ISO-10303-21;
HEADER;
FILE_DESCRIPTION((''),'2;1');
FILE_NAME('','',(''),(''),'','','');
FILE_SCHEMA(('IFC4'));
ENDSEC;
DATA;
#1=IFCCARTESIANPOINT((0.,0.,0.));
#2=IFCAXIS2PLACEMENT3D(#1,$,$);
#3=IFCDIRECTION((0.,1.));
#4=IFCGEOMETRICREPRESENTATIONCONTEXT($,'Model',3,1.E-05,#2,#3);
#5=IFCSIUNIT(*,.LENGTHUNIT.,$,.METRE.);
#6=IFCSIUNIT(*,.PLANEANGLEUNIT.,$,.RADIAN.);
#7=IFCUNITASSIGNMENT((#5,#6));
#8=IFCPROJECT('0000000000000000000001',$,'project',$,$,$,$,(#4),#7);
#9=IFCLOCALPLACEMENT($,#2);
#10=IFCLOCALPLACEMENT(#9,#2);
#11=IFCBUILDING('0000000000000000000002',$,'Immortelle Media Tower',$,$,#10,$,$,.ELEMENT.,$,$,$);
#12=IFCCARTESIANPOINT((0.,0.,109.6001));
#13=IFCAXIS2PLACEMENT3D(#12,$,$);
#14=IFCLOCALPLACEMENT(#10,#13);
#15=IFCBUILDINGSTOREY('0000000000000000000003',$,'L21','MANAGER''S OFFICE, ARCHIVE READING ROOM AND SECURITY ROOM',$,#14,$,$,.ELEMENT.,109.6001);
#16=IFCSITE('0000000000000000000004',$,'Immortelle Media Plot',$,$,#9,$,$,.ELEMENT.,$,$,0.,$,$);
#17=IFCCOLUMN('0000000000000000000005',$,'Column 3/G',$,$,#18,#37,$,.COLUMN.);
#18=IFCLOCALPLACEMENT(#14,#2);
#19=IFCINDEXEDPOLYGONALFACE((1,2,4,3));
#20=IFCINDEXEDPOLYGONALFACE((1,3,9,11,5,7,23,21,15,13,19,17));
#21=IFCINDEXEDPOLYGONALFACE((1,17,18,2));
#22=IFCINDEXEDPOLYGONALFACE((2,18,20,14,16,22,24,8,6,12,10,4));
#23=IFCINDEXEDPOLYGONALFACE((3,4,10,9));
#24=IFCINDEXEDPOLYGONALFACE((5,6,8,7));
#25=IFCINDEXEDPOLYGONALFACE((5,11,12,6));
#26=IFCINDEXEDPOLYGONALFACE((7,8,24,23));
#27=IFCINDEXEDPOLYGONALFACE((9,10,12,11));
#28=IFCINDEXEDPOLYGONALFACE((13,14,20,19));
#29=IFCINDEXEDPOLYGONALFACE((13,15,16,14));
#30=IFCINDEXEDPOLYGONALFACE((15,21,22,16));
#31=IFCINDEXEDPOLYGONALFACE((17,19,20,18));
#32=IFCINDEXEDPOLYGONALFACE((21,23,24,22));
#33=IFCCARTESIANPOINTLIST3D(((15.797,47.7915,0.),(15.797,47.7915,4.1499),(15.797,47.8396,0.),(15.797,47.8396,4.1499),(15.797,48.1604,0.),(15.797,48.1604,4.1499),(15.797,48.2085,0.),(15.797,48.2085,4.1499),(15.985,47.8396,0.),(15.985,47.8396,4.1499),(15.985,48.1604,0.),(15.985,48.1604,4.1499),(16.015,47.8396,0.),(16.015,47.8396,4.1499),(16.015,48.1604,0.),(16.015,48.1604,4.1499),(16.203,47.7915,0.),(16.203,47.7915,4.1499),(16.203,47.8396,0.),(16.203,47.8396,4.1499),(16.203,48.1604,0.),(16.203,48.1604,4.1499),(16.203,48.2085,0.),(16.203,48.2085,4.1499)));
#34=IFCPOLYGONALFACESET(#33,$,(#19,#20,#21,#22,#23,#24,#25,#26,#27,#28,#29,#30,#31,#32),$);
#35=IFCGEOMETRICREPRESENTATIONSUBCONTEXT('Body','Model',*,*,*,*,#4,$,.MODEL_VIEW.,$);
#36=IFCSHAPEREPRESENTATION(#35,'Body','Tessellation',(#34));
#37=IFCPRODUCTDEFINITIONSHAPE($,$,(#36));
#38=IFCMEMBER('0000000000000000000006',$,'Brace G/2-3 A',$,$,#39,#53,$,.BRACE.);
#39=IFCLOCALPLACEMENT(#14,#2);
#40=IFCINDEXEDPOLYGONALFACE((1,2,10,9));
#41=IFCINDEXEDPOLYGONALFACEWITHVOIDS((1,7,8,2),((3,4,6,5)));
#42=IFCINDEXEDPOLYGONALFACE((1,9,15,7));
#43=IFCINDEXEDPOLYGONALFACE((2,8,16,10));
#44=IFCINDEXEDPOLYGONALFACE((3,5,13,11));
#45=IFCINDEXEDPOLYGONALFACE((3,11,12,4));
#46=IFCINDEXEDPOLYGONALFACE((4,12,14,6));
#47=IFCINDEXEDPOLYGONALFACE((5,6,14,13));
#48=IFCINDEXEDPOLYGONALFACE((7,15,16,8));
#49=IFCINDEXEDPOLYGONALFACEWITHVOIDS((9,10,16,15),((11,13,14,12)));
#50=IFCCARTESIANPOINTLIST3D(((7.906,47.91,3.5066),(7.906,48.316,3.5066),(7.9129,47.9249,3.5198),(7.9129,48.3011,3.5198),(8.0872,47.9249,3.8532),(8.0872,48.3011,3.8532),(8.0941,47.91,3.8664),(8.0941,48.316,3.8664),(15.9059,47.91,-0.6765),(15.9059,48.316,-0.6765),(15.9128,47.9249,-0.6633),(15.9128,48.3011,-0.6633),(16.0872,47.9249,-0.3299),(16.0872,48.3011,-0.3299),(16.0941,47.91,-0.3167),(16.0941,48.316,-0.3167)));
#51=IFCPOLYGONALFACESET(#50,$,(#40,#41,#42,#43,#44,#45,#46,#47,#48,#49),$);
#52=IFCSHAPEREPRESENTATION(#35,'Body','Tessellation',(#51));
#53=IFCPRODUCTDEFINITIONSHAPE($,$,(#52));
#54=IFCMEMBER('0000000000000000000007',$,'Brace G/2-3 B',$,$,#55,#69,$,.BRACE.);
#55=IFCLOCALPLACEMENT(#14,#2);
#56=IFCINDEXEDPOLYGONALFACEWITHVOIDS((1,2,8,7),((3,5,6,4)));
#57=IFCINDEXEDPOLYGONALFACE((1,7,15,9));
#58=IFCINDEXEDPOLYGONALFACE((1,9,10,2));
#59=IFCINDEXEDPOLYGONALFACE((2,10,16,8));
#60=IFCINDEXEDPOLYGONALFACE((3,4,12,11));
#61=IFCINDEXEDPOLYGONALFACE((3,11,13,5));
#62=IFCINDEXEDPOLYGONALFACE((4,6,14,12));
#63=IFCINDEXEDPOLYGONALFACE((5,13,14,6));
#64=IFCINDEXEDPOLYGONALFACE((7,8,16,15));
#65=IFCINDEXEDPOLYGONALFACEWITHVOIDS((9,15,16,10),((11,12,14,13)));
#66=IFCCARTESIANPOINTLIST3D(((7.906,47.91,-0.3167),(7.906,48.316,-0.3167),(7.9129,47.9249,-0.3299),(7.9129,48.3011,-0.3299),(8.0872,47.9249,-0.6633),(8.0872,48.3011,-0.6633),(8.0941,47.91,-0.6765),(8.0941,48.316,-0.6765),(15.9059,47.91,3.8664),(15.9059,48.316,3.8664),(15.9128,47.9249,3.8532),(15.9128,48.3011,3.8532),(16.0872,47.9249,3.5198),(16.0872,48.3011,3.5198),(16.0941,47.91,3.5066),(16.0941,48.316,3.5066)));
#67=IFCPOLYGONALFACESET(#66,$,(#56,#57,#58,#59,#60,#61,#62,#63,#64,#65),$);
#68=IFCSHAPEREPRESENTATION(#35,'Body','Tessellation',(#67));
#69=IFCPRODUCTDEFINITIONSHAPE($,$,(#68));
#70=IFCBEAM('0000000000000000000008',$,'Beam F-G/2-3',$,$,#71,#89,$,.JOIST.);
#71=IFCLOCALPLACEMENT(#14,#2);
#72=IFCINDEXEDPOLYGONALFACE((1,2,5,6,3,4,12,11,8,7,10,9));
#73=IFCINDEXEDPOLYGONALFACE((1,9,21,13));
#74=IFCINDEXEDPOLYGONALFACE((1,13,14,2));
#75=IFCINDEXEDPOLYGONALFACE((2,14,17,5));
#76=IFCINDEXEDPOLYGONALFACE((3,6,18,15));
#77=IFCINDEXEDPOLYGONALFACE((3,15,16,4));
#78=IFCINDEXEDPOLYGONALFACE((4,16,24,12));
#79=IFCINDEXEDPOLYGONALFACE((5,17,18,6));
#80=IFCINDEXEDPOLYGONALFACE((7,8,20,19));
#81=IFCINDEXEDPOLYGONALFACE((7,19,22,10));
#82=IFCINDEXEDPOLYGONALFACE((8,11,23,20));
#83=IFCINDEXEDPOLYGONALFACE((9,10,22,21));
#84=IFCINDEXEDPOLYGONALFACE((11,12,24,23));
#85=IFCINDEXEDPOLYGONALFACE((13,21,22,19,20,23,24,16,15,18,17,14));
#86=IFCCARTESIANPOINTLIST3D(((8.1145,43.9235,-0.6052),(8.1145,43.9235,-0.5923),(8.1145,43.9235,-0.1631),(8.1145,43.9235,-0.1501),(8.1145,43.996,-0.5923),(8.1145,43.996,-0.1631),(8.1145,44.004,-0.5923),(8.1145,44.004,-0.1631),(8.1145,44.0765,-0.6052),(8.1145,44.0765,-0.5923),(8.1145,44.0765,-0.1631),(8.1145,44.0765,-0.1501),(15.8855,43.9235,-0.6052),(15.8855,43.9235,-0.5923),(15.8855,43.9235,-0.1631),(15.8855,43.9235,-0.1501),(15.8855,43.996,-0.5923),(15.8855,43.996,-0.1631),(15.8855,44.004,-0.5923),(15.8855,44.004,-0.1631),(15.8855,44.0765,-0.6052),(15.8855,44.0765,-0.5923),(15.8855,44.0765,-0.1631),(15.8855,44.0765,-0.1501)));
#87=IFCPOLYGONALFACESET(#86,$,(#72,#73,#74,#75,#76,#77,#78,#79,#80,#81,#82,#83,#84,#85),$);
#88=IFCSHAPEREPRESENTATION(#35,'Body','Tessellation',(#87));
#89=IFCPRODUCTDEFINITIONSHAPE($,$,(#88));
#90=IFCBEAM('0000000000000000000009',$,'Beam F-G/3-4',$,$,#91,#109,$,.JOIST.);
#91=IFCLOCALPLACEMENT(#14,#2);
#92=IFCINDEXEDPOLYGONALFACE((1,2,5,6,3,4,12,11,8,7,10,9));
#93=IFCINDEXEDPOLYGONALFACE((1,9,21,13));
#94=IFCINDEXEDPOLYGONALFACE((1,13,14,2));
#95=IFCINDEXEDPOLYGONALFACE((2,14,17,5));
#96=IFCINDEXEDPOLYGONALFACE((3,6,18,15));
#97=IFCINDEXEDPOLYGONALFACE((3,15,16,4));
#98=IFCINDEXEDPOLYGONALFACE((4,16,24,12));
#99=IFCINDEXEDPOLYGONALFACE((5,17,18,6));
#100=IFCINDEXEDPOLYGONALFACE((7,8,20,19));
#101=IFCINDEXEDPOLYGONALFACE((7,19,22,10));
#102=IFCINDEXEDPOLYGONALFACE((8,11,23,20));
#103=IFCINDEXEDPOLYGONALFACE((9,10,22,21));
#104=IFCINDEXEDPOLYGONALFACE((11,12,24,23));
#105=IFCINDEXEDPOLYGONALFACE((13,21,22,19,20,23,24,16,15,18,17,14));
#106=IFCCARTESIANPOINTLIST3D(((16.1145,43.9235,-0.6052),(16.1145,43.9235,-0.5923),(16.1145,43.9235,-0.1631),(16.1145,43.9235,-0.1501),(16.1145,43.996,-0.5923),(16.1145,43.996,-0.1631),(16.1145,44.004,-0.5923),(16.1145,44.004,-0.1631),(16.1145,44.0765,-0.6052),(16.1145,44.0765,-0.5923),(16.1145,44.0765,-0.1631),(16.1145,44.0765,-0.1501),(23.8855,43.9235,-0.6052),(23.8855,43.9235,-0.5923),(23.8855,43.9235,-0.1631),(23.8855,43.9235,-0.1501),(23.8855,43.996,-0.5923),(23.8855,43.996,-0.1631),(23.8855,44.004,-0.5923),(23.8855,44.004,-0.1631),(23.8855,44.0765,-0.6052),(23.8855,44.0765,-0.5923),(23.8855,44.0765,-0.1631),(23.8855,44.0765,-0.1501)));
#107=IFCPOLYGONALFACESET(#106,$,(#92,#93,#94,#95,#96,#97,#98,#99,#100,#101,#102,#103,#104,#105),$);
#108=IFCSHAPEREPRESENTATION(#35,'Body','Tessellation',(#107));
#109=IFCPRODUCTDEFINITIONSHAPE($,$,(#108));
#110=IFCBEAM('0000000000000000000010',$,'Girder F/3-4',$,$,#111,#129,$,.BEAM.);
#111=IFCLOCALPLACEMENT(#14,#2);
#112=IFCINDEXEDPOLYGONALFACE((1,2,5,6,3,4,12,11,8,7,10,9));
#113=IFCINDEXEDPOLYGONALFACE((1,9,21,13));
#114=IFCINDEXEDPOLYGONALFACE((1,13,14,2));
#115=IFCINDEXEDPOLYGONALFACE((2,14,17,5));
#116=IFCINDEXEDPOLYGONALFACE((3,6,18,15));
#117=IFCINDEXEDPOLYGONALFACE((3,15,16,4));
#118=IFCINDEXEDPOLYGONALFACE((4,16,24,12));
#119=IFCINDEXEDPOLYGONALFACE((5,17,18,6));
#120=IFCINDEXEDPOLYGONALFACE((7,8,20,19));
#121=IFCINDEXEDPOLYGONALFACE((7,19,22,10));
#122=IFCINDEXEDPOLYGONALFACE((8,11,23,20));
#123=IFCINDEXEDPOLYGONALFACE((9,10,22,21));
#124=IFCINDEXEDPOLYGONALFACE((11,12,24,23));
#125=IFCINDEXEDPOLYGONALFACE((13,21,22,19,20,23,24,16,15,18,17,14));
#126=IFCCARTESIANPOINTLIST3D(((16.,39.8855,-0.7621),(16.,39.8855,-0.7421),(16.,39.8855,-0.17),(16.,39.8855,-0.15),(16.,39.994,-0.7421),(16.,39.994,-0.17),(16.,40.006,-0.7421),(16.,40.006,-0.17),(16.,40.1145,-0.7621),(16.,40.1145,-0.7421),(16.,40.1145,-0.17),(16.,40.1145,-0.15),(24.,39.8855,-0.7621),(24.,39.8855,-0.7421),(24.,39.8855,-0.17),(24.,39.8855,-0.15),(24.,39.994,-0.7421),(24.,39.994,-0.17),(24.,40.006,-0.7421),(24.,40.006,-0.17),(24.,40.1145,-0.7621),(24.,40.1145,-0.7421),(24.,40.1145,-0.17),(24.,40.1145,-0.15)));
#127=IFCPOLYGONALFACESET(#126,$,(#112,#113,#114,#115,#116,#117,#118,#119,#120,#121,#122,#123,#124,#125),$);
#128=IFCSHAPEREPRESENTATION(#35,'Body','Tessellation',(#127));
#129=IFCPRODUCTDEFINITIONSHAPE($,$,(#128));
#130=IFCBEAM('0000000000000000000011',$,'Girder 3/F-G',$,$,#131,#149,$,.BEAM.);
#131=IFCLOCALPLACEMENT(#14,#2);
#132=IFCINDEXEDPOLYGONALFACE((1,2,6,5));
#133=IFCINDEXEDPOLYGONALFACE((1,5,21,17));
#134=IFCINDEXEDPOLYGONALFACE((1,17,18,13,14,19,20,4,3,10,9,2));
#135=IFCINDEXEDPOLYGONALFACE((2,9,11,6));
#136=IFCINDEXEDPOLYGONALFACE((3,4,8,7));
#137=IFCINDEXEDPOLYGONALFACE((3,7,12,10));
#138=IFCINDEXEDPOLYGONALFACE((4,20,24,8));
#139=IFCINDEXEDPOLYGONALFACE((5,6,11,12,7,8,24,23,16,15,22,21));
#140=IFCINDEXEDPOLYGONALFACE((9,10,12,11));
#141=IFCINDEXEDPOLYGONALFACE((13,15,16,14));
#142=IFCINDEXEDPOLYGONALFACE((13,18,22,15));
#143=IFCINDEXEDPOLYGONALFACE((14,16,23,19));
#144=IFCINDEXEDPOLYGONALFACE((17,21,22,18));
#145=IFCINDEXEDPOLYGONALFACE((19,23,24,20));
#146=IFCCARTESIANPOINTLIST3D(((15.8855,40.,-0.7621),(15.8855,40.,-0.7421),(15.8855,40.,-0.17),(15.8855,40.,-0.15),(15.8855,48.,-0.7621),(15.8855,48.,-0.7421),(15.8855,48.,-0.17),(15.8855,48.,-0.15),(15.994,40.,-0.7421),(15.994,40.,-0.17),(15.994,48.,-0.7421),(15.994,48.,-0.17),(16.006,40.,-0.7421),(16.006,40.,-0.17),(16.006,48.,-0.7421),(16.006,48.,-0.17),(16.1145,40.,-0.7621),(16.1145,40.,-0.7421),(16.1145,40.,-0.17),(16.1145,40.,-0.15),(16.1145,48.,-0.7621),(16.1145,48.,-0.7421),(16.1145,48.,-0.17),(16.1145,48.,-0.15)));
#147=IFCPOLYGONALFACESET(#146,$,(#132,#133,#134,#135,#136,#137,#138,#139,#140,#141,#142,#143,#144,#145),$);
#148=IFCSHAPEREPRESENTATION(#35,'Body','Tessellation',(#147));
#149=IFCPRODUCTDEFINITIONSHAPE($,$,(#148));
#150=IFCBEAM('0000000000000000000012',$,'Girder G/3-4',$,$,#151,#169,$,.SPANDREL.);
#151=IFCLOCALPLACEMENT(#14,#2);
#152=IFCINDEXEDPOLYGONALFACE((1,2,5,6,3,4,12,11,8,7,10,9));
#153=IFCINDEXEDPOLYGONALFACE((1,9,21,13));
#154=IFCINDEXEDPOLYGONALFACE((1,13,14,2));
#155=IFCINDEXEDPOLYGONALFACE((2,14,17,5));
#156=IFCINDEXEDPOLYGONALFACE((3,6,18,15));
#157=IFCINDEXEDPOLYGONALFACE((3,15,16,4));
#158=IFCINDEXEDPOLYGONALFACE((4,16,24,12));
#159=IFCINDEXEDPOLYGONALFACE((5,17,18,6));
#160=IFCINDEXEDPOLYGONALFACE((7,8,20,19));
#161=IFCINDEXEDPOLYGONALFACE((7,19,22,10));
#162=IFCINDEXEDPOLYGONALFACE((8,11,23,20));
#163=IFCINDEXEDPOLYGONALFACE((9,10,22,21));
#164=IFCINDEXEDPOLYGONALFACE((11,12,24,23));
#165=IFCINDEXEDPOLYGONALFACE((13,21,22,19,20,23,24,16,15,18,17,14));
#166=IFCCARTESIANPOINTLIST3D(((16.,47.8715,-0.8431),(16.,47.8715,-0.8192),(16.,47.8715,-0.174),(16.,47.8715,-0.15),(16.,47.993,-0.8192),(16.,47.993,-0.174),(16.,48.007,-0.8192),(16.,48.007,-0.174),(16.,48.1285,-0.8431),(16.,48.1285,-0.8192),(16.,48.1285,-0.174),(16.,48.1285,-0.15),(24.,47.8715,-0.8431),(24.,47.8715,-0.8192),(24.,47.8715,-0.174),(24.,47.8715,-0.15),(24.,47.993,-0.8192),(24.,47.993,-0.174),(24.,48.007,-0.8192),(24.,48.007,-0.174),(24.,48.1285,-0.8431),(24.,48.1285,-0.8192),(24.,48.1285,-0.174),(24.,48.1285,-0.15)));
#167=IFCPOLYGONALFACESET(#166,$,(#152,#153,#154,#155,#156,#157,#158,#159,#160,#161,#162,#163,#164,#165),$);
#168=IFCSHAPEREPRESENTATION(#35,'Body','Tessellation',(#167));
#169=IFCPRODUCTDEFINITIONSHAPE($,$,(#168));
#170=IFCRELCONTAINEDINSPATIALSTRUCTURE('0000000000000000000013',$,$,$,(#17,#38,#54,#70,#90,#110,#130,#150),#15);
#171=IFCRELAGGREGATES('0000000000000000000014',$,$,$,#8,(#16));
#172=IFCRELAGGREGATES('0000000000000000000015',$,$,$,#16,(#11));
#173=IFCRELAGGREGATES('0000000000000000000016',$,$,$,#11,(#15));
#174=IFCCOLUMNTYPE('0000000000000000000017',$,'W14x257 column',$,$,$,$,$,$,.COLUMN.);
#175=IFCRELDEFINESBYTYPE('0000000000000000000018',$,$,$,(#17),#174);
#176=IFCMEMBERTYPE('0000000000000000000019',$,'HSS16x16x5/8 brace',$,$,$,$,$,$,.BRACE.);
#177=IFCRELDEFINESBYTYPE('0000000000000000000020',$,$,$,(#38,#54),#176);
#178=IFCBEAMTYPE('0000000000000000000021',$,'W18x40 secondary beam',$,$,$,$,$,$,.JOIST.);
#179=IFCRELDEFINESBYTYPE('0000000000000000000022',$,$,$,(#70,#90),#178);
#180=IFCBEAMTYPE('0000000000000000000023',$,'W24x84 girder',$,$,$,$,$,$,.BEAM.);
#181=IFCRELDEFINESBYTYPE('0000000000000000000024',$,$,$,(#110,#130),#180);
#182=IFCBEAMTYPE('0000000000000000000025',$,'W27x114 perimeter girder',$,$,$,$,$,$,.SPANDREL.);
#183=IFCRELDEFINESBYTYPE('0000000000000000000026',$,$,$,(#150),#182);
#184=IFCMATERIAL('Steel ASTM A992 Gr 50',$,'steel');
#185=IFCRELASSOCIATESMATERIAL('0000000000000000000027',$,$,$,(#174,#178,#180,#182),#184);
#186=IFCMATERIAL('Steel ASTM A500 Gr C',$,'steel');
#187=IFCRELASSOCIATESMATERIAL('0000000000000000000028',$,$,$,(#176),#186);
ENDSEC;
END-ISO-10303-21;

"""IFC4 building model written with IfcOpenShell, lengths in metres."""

from ifc_helpers import new_model, si_unit, direction, frame, origin, origin_2d, place, context, subcontext, project, spatial, hollow_rectangle, i_section, extrude, material, material_profile, profile_set, type_object, element, save


model = new_model("IFC4")

# Units and contexts
model_context = context("Model", 3, precision=1e-05, world=origin(), true_north=direction((0.0, 1.0)))
body_context = subcontext(model_context, "Body", "Model", "MODEL_VIEW")
ifc_project = project(units=[si_unit("LENGTHUNIT", "METRE"), si_unit("PLANEANGLEUNIT", "RADIAN")], contexts=[model_context])

# Site, building, storey
site_placement = place(None, origin())
site = spatial("IfcSite", under=ifc_project, at=site_placement, Name="Immortelle Media Plot", CompositionType="ELEMENT", RefElevation=0.0)
building_placement = place(site_placement, origin())
building = spatial("IfcBuilding", under=site, at=building_placement, Name="Immortelle Media Tower", CompositionType="ELEMENT")
storey_placement = place(building_placement, frame((0.0, 0.0, 109.6001)))
storey = spatial("IfcBuildingStorey", under=building, at=storey_placement, Name="L21", Description="MANAGER'S OFFICE, ARCHIVE READING ROOM AND SECURITY ROOM", CompositionType="ELEMENT", Elevation=109.6001)

# Column
ifc_material_1 = material(Name="Steel ASTM A992 Gr 50", Category="steel")
ifc_material_profile_1 = material_profile(ifc_material_1, i_section(OverallWidth=0.406, OverallDepth=0.417, WebThickness=0.03, FlangeThickness=0.0481, at=origin_2d()), Name="W14x257")
ifc_profile_set_1 = profile_set([ifc_material_profile_1], Name="Steel ASTM A992 Gr 50")
column_type = type_object("IfcColumnType", Name="W14x257 column", PredefinedType="COLUMN", material=ifc_profile_set_1)
column_placement = place(storey_placement, frame((16.0, 48.0, 0.0), z_axis=(0.0, 0.0, 1.0), x_axis=(1.0, 0.0, 0.0)))
element("IfcColumn", 1, at=column_placement, inside=storey, type_object=column_type, Name="Column 3/G", PredefinedType="COLUMN", context=body_context, shape_type="SweptSolid", body=[
    extrude(i_section(OverallWidth=0.406, OverallDepth=0.417, WebThickness=0.03, FlangeThickness=0.0481, at=origin_2d()), origin(), (0.0, 0.0, 1.0), 4.1499),
])

# Members
ifc_material_2 = material(Name="Steel ASTM A500 Gr C", Category="steel")
ifc_material_profile_2 = material_profile(ifc_material_2, hollow_rectangle(XDim=0.406, YDim=0.406, WallThickness=0.0149, at=origin_2d()), Name="HSS16x16x5/8 brace")
ifc_profile_set_2 = profile_set([ifc_material_profile_2], Name="Steel ASTM A500 Gr C")
member_type = type_object("IfcMemberType", Name="HSS16x16x5/8 brace", PredefinedType="BRACE", material=ifc_profile_set_2)
for number, where, z_axis, x_axis, name in (
    (2, (16.0, 48.113, -0.4966), (-0.886167, 0.0, 0.463366), (0.0, -1.0, 0.0), "Brace G/2-3 A"),
    (3, (16.0, 48.113, 3.6865), (-0.886167, 0.0, -0.463366), (0.0, -1.0, 0.0), "Brace G/2-3 B"),
):
    element("IfcMember", number, at=place(storey_placement, frame(where, z_axis=z_axis, x_axis=x_axis)), inside=storey, type_object=member_type, Name=name, PredefinedType="BRACE", context=body_context, shape_type="SweptSolid", body=[
        extrude(hollow_rectangle(XDim=0.406, YDim=0.406, WallThickness=0.0149, at=origin_2d()), origin(), (0.0, 0.0, 1.0), 9.0276),
    ])

# Beams
ifc_material_profile_3 = material_profile(ifc_material_1, i_section(OverallWidth=0.1531, OverallDepth=0.4551, WebThickness=0.0081, FlangeThickness=0.0129, at=origin_2d()), Name="W18x40")
ifc_profile_set_3 = profile_set([ifc_material_profile_3], Name="Steel ASTM A992 Gr 50")
beam_type_1 = type_object("IfcBeamType", Name="W18x40 secondary beam", PredefinedType="JOIST", material=ifc_profile_set_3)
for number, where, z_axis, x_axis, name in (
    (4, (8.1145, 44.0, -0.3777), (1.0, 0.0, 0.0), (0.0, 1.0, 0.0), "Beam F-G/2-3"),
    (5, (16.1145, 44.0, -0.3777), (1.0, 0.0, 0.0), (0.0, 1.0, 0.0), "Beam F-G/3-4"),
):
    element("IfcBeam", number, at=place(storey_placement, frame(where, z_axis=z_axis, x_axis=x_axis)), inside=storey, type_object=beam_type_1, Name=name, PredefinedType="JOIST", context=body_context, shape_type="SweptSolid", body=[
        extrude(i_section(OverallWidth=0.1531, OverallDepth=0.4551, WebThickness=0.0081, FlangeThickness=0.0129, at=origin_2d()), origin(), (0.0, 0.0, 1.0), 7.771),
    ])
ifc_material_profile_4 = material_profile(ifc_material_1, i_section(OverallWidth=0.229, OverallDepth=0.6121, WebThickness=0.012, FlangeThickness=0.02, at=origin_2d()), Name="W24x84")
ifc_profile_set_4 = profile_set([ifc_material_profile_4], Name="Steel ASTM A992 Gr 50")
beam_type_2 = type_object("IfcBeamType", Name="W24x84 girder", PredefinedType="BEAM", material=ifc_profile_set_4)
for number, where, z_axis, x_axis, name in (
    (6, (16.0, 40.0, -0.4561), (1.0, 0.0, 0.0), (0.0, 1.0, 0.0), "Girder F/3-4"),
    (7, (16.0, 40.0, -0.4561), (0.0, 1.0, 0.0), (-1.0, 0.0, 0.0), "Girder 3/F-G"),
):
    element("IfcBeam", number, at=place(storey_placement, frame(where, z_axis=z_axis, x_axis=x_axis)), inside=storey, type_object=beam_type_2, Name=name, PredefinedType="BEAM", context=body_context, shape_type="SweptSolid", body=[
        extrude(i_section(OverallWidth=0.229, OverallDepth=0.6121, WebThickness=0.012, FlangeThickness=0.02, at=origin_2d()), origin(), (0.0, 0.0, 1.0), 8.0),
    ])
ifc_material_profile_5 = material_profile(ifc_material_1, i_section(OverallWidth=0.2571, OverallDepth=0.6931, WebThickness=0.0139, FlangeThickness=0.0239, at=origin_2d()), Name="W27x114")
ifc_profile_set_5 = profile_set([ifc_material_profile_5], Name="Steel ASTM A992 Gr 50")
beam_type_3 = type_object("IfcBeamType", Name="W27x114 perimeter girder", PredefinedType="SPANDREL", material=ifc_profile_set_5)
beam_placement = place(storey_placement, frame((16.0, 48.0, -0.4966), z_axis=(1.0, 0.0, 0.0), x_axis=(0.0, 1.0, 0.0)))
element("IfcBeam", 8, at=beam_placement, inside=storey, type_object=beam_type_3, Name="Girder G/3-4", PredefinedType="SPANDREL", context=body_context, shape_type="SweptSolid", body=[
    extrude(i_section(OverallWidth=0.2571, OverallDepth=0.6931, WebThickness=0.0139, FlangeThickness=0.0239, at=origin_2d()), origin(), (0.0, 0.0, 1.0), 8.0),
])

save(model, "model.ifc")
